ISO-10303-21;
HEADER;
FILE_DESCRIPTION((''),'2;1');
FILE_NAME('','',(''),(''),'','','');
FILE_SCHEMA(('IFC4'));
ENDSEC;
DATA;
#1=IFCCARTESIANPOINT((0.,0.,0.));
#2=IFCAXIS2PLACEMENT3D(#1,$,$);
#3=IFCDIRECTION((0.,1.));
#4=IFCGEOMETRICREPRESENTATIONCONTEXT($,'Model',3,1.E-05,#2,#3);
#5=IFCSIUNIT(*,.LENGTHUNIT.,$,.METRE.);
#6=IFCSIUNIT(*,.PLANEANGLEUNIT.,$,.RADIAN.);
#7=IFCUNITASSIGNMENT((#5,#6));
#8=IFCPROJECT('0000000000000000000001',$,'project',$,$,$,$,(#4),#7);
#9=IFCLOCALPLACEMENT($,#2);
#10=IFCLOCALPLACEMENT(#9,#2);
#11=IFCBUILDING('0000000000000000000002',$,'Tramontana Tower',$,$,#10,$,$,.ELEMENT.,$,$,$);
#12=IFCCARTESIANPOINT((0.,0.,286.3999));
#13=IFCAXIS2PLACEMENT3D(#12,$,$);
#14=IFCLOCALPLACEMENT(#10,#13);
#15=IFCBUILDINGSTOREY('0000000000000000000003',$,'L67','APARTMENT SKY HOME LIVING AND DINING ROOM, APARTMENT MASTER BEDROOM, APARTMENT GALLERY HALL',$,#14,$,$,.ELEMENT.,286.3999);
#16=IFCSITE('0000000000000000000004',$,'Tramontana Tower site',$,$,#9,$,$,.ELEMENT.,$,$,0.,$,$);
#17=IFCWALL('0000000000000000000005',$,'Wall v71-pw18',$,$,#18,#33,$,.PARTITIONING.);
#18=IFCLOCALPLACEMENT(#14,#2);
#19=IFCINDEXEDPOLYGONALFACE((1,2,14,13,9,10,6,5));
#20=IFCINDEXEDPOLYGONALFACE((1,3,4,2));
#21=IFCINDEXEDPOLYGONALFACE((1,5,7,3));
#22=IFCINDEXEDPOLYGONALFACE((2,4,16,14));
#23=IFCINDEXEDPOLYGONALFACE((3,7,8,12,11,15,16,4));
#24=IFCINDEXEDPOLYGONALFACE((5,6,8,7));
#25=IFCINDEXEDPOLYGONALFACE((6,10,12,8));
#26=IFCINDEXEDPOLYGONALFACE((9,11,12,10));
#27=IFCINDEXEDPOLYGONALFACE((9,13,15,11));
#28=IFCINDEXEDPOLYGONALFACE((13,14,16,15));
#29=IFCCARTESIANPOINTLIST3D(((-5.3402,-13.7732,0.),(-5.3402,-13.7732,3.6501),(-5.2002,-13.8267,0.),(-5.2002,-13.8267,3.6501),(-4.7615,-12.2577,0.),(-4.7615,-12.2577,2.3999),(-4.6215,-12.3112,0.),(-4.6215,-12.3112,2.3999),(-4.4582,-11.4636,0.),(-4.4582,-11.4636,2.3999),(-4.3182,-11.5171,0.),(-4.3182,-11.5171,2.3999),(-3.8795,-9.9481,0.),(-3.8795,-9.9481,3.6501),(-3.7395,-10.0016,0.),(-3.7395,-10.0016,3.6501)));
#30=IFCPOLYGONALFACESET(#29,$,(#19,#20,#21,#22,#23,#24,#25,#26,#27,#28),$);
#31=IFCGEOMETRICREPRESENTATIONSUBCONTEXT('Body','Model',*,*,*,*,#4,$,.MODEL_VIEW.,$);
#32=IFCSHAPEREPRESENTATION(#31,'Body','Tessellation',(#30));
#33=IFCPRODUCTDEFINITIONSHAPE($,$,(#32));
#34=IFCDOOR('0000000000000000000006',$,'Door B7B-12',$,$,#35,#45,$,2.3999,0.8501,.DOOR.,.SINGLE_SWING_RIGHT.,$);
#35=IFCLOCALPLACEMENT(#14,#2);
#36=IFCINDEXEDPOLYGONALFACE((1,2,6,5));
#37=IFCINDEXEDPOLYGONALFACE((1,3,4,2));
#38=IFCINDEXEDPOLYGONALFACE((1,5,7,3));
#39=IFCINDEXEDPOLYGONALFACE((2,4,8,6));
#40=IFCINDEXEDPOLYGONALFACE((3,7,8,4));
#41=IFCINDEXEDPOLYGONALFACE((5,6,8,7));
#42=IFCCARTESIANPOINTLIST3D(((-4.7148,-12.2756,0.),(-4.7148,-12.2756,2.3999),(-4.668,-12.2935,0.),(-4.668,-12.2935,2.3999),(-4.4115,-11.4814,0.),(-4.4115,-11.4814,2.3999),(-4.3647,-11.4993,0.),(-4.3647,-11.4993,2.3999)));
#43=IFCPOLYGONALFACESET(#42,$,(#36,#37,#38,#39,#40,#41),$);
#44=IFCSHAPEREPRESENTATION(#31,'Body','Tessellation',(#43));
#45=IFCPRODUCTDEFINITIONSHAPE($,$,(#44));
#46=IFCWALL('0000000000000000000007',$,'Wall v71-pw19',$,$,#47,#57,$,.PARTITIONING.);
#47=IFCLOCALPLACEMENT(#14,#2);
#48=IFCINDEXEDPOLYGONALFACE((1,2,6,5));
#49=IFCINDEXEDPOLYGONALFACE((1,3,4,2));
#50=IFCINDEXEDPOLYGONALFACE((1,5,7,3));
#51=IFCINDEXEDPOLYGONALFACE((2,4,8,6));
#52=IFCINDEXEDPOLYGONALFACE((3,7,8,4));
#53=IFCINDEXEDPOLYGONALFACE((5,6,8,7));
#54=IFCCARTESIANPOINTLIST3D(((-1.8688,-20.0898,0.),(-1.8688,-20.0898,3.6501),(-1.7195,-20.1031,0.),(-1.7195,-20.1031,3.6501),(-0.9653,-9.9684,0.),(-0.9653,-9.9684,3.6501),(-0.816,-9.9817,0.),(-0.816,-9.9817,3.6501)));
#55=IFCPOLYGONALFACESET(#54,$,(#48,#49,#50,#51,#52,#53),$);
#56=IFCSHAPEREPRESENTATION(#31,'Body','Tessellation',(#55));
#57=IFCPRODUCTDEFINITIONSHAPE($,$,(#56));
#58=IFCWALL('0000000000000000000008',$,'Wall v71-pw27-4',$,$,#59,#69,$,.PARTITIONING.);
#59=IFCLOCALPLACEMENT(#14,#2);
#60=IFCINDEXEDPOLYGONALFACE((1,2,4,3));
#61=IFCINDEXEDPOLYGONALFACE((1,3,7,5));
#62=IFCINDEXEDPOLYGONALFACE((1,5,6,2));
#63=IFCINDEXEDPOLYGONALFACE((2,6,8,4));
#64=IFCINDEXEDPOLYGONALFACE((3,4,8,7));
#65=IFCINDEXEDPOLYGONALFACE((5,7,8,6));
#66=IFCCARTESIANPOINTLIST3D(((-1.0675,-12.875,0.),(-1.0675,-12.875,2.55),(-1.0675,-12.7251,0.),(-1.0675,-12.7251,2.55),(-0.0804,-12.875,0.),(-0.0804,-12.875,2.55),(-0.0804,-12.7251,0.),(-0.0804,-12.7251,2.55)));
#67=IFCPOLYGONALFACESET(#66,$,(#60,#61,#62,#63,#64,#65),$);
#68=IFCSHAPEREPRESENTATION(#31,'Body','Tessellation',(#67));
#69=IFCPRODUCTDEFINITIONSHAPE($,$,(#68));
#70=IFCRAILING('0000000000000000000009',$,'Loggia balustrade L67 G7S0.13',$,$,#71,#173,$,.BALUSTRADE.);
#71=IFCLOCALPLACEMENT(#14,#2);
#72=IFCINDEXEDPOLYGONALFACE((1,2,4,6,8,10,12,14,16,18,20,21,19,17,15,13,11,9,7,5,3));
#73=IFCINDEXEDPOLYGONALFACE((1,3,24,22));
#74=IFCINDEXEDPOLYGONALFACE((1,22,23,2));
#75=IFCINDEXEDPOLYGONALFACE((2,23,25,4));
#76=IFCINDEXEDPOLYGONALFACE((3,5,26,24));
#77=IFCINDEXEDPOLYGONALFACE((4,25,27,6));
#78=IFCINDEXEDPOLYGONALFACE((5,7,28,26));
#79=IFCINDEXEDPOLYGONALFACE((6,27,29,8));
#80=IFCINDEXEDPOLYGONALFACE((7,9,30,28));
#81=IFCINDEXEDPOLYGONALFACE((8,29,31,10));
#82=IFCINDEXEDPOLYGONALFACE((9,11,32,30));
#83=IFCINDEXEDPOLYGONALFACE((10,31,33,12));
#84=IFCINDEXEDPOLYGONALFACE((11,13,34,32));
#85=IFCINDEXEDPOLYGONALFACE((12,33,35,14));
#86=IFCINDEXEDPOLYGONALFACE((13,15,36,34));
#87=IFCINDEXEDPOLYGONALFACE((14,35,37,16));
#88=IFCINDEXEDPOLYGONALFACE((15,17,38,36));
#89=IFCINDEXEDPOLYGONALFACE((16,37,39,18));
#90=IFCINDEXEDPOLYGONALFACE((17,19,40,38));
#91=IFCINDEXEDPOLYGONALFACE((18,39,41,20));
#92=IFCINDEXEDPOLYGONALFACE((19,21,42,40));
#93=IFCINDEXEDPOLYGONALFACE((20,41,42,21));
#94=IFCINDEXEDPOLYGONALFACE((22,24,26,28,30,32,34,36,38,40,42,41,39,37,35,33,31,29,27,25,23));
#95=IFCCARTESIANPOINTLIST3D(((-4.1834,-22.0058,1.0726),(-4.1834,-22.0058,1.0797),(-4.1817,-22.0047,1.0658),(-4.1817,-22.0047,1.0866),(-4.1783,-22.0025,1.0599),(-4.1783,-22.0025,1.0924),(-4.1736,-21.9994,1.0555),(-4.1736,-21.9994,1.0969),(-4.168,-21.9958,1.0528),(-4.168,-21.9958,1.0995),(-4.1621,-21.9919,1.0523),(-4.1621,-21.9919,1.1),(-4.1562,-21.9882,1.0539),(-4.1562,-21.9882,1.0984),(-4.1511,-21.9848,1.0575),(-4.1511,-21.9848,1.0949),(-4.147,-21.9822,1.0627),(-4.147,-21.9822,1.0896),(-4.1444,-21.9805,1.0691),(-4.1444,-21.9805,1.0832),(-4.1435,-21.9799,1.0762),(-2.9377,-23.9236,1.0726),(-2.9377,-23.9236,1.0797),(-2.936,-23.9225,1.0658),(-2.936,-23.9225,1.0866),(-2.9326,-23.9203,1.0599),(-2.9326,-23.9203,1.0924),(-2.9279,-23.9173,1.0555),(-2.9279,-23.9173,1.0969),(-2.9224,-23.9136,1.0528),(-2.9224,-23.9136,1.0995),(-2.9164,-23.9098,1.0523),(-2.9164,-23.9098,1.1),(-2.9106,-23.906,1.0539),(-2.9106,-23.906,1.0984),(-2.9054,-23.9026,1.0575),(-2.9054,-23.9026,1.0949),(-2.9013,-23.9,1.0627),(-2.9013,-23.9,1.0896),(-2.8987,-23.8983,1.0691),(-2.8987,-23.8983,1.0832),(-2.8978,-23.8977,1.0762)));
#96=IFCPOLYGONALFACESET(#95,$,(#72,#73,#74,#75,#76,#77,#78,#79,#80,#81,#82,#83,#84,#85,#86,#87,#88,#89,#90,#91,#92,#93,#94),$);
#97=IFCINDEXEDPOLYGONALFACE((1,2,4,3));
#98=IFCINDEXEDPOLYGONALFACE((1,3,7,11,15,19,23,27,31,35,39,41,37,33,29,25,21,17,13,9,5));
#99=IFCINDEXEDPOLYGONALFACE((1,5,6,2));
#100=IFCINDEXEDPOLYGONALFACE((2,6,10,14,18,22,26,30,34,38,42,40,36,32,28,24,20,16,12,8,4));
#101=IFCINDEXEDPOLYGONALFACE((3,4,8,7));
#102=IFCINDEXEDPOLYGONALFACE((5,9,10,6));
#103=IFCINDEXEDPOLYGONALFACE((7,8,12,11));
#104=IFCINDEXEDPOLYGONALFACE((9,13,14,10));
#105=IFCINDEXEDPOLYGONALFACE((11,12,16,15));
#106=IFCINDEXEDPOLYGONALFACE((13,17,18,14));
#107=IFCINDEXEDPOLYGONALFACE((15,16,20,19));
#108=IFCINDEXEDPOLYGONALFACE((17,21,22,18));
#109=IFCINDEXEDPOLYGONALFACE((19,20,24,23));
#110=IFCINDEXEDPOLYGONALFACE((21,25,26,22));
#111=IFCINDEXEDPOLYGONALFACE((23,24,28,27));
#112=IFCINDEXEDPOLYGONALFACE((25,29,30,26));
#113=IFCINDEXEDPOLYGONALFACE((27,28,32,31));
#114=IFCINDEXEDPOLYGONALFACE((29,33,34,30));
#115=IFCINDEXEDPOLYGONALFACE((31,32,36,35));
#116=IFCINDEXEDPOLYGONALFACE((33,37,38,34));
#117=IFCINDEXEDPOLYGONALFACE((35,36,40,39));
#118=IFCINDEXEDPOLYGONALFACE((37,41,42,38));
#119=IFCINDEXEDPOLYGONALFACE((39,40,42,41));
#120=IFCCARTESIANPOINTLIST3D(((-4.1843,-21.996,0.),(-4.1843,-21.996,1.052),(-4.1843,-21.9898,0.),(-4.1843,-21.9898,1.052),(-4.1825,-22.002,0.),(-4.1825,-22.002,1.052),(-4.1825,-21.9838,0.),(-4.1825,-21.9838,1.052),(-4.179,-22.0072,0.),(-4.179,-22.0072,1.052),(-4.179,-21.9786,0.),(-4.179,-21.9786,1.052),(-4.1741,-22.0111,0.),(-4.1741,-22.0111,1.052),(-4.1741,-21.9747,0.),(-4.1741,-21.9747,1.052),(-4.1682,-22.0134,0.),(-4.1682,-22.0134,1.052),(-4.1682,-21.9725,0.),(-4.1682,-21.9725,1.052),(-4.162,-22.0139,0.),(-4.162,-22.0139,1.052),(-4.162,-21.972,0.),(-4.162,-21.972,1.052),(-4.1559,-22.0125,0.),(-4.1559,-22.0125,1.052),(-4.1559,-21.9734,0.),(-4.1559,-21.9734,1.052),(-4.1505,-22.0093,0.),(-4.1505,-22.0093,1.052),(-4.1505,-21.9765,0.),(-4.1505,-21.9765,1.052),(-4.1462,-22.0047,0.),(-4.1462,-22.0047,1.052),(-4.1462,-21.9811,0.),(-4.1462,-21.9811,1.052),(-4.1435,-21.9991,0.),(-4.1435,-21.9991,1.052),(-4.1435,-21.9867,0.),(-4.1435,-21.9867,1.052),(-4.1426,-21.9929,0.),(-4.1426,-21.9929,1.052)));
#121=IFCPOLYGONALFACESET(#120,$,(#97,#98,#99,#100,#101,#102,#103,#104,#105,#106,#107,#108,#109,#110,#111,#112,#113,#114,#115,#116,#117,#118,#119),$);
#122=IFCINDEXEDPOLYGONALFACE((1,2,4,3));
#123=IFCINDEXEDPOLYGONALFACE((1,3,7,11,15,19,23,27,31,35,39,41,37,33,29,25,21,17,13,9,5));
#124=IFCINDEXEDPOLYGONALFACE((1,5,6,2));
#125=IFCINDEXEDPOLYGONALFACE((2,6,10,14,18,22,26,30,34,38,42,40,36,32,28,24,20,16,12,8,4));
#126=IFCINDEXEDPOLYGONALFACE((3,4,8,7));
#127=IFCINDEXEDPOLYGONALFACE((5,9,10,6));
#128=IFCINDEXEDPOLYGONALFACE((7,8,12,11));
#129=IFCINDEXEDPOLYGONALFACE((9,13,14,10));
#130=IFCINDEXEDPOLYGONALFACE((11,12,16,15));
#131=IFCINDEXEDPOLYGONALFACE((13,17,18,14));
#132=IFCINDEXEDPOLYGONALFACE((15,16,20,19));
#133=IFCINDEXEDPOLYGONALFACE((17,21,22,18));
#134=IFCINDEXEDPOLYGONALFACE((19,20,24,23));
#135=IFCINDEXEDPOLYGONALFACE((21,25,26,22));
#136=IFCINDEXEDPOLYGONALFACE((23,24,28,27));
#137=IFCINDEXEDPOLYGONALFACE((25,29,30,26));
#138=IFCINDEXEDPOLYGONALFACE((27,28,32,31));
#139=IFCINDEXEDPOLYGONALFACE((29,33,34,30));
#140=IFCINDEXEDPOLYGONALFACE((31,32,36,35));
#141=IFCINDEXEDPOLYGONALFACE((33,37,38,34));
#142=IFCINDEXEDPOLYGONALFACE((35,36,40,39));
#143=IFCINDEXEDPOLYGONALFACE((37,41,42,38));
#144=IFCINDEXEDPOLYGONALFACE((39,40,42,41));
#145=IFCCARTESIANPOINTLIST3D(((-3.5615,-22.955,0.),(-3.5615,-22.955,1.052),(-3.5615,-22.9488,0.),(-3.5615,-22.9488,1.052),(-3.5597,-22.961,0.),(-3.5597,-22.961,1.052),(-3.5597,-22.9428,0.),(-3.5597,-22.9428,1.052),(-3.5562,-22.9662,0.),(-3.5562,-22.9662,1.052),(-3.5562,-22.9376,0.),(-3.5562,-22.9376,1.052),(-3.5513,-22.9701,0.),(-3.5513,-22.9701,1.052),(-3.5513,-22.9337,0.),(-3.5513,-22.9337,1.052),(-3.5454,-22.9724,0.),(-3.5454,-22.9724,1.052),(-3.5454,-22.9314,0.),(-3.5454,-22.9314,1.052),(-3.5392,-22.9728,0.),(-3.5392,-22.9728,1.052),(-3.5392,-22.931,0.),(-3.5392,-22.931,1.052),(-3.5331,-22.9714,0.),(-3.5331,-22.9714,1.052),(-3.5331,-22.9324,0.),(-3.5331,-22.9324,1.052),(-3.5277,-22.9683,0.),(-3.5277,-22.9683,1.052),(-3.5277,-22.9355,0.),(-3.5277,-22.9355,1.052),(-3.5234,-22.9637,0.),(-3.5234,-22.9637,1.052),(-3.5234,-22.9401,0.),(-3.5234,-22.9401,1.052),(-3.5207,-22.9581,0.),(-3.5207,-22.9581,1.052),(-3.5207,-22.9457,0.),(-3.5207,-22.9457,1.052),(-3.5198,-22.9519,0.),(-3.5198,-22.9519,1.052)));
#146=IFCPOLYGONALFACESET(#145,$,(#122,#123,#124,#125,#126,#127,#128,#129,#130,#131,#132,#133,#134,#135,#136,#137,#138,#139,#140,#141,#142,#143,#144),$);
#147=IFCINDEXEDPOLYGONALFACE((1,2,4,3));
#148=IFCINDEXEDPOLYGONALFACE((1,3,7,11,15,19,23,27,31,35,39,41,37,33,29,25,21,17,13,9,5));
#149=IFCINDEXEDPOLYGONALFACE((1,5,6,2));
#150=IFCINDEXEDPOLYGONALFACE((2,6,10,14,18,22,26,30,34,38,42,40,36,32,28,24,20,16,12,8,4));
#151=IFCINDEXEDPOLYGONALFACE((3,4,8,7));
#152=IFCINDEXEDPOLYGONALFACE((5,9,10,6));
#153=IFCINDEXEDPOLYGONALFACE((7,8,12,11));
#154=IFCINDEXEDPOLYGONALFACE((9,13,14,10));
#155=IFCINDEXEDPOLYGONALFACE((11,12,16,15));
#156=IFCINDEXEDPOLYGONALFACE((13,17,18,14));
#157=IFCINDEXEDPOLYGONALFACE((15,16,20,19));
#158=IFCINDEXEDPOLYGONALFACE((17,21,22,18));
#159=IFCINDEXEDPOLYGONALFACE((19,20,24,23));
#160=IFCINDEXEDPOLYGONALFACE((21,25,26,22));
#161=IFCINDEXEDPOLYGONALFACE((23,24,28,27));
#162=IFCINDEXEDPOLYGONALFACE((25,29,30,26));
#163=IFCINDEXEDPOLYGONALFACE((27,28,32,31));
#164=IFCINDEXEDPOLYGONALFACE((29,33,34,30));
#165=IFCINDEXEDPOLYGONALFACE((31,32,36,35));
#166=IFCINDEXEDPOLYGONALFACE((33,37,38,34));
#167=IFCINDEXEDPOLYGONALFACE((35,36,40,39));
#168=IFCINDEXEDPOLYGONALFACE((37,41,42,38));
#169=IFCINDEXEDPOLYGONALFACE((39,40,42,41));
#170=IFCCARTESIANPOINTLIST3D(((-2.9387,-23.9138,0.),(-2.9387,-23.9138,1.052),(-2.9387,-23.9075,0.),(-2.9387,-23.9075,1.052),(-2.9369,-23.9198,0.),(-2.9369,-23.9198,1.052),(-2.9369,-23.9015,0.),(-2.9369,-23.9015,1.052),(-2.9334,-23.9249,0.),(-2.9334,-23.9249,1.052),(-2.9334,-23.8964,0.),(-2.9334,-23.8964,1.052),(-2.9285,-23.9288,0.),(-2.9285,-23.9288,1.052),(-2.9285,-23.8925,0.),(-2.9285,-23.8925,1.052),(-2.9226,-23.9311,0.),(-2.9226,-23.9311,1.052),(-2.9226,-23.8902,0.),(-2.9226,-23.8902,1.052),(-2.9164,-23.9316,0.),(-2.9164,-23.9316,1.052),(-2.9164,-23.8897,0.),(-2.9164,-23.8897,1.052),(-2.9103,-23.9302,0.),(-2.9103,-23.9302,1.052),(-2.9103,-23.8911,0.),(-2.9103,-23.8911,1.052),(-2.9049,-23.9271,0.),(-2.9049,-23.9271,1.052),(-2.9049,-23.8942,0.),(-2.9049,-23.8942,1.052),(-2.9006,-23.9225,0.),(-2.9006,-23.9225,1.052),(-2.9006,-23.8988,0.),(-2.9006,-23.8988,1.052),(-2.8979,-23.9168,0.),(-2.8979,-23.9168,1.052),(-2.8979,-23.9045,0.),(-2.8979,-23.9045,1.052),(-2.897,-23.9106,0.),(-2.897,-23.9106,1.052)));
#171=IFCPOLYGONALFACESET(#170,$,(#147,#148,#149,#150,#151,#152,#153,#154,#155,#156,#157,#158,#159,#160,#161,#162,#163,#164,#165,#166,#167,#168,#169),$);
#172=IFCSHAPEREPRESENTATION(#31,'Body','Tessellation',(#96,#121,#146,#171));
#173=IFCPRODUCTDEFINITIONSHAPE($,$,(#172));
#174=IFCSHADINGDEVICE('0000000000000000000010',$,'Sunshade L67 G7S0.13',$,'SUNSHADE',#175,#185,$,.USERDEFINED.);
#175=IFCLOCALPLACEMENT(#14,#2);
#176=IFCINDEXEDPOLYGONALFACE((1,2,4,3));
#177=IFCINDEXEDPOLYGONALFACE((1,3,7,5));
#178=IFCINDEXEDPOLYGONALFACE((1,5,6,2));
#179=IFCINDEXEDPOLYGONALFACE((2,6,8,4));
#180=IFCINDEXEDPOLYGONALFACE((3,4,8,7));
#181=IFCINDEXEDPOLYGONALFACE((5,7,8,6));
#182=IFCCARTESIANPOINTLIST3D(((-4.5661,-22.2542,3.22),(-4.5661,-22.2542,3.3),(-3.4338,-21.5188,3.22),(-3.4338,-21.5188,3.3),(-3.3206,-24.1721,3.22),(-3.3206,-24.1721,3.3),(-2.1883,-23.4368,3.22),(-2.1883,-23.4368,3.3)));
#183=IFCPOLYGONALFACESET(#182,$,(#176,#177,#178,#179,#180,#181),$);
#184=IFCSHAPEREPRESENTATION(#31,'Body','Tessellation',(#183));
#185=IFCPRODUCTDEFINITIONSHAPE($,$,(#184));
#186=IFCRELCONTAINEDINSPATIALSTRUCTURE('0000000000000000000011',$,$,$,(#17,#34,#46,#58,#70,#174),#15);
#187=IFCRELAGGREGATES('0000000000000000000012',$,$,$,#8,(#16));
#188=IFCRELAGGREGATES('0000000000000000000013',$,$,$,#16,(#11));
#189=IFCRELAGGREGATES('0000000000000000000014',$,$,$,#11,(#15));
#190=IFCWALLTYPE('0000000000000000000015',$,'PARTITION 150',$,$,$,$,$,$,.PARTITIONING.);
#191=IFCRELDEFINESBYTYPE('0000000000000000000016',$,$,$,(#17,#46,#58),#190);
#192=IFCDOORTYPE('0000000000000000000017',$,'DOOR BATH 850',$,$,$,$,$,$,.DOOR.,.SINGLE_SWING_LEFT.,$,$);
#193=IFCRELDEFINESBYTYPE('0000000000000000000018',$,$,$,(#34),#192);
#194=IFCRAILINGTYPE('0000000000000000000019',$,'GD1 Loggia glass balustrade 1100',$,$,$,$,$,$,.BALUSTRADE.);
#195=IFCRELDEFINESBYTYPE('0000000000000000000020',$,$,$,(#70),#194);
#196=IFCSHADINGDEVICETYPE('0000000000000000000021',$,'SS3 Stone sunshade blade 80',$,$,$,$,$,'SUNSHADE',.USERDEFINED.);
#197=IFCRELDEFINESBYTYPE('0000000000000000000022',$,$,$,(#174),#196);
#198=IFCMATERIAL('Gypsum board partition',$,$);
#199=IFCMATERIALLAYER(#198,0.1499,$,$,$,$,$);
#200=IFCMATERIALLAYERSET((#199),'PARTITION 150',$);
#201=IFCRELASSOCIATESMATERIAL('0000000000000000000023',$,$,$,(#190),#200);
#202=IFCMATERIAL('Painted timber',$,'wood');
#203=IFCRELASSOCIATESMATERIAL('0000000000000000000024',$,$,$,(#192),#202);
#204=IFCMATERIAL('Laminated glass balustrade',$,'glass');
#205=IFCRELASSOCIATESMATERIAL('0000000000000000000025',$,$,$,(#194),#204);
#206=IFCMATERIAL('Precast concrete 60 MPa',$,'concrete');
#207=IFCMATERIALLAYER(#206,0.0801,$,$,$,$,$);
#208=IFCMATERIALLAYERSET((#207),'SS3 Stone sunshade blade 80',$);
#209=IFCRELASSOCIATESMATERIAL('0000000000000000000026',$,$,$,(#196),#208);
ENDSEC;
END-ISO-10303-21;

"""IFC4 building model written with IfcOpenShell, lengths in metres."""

from ifc_helpers import new_model, si_unit, direction, frame, frame_2d, origin, origin_2d, place, context, subcontext, project, spatial, rectangle, circle, extrude, material, layer, layer_set, type_object, element, fill, save


model = new_model("IFC4")

# Units and contexts
model_context = context("Model", 3, precision=1e-05, world=origin(), true_north=direction((0.0, 1.0)))
body_context = subcontext(model_context, "Body", "Model", "MODEL_VIEW")
ifc_project = project(units=[si_unit("LENGTHUNIT", "METRE"), si_unit("PLANEANGLEUNIT", "RADIAN")], contexts=[model_context])

# Site, building, storey
site_placement = place(None, origin())
site = spatial("IfcSite", under=ifc_project, at=site_placement, Name="Tramontana Tower site", CompositionType="ELEMENT", RefElevation=0.0)
building_placement = place(site_placement, origin())
building = spatial("IfcBuilding", under=site, at=building_placement, Name="Tramontana Tower", CompositionType="ELEMENT")
storey_placement = place(building_placement, frame((0.0, 0.0, 286.3999)))
storey = spatial("IfcBuildingStorey", under=building, at=storey_placement, Name="L67", Description="APARTMENT SKY HOME LIVING AND DINING ROOM, APARTMENT MASTER BEDROOM, APARTMENT GALLERY HALL", CompositionType="ELEMENT", Elevation=286.3999)

# Shared definitions
ifc_material_1 = material(Name="Gypsum board partition")
ifc_layer_1 = layer(ifc_material_1, 0.1499)
ifc_layer_set_1 = layer_set([ifc_layer_1], Name="PARTITION 150")
wall_type_1 = type_object("IfcWallType", Name="PARTITION 150", PredefinedType="PARTITIONING", material=ifc_layer_set_1)

# Wall, opening, door
wall_1_placement = place(storey_placement, frame((-5.2703, -13.8, 0.0), z_axis=(0.0, 0.0, 1.0), x_axis=(0.356756, 0.934197, 0.0)))
wall_1 = element("IfcWall", 1, at=wall_1_placement, inside=storey, type_object=wall_type_1, Name="Wall v71-pw18", PredefinedType="PARTITIONING", context=body_context, shape_type="SweptSolid", body=[
    extrude(rectangle(XDim=4.0945, YDim=0.1499, at=frame_2d((2.0474, 0.0))), origin(), (0.0, 0.0, 1.0), 3.6501),
])
opening_1_placement = place(wall_1_placement, frame((1.6223, 0.0, 0.0)))
opening_1 = element("IfcOpeningElement", 2, at=opening_1_placement, cuts=wall_1, PredefinedType="OPENING", context=body_context, shape_type="SweptSolid", body=[
    extrude(rectangle(XDim=0.8501, YDim=2.3999, at=frame_2d((0.425, 1.2))), frame((0.0, 0.085, 0.0), z_axis=(0.0, -1.0, 0.0), x_axis=(1.0, 0.0, 0.0)), (0.0, 0.0, 1.0), 0.1699),
])
ifc_material_2 = material(Name="Painted timber", Category="wood")
door_type_1 = type_object("IfcDoorType", Name="DOOR BATH 850", OperationType="SINGLE_SWING_LEFT", PredefinedType="DOOR", material=ifc_material_2)
door_1_placement = place(opening_1_placement, origin())
door_1 = element("IfcDoor", 3, at=door_1_placement, inside=storey, type_object=door_type_1, Name="Door B7B-12", OperationType="SINGLE_SWING_RIGHT", OverallHeight=2.3999, OverallWidth=0.8501, PredefinedType="DOOR", context=body_context, shape_type="SweptSolid", body=[
    extrude(rectangle(XDim=0.8501, YDim=2.3999, at=frame_2d((0.425, 1.2))), frame((0.0, 0.0249, 0.0), z_axis=(0.0, -1.0, 0.0), x_axis=(1.0, 0.0, 0.0)), (0.0, 0.0, 1.0), 0.05),
])
fill(opening_1, door_1)

# Walls
wall_2_placement = place(storey_placement, frame((-1.7942, -20.0964, 0.0), z_axis=(0.0, 0.0, 1.0), x_axis=(0.08892, 0.996039, 0.0)))
element("IfcWall", 4, at=wall_2_placement, inside=storey, type_object=wall_type_1, Name="Wall v71-pw19", PredefinedType="PARTITIONING", context=body_context, shape_type="SweptSolid", body=[
    extrude(rectangle(XDim=10.1616, YDim=0.1499, at=frame_2d((5.0808, 0.0))), origin(), (0.0, 0.0, 1.0), 3.6501),
])
wall_3_placement = place(storey_placement, frame((-0.0803, -12.8, 0.0), z_axis=(0.0, 0.0, 1.0), x_axis=(-1.0, 0.0, 0.0)))
element("IfcWall", 5, at=wall_3_placement, inside=storey, type_object=wall_type_1, Name="Wall v71-pw27-4", PredefinedType="PARTITIONING", context=body_context, shape_type="SweptSolid", body=[
    extrude(rectangle(XDim=0.9871, YDim=0.1499, at=frame_2d((0.4937, 0.0))), origin(), (0.0, 0.0, 1.0), 2.55),
])

# Railing
ifc_material_3 = material(Name="Laminated glass balustrade", Category="glass")
railing_type = type_object("IfcRailingType", Name="GD1 Loggia glass balustrade 1100", PredefinedType="BALUSTRADE", material=ifc_material_3)
railing_placement = place(storey_placement, frame((-4.1636, -21.9929, 0.0)))
element("IfcRailing", 6, at=railing_placement, inside=storey, type_object=railing_type, Name="Loggia balustrade L67 G7S0.13", PredefinedType="BALUSTRADE", context=body_context, shape_type="SweptSolid", body=[
    extrude(circle(Radius=0.0239, at=origin_2d()), frame((0.0, 0.0, 1.0762), z_axis=(0.544707, -0.838627, 0.0), x_axis=(0.838627, 0.544707, 0.0)), (0.0, 0.0, 1.0), 2.2869),
    extrude(circle(Radius=0.021, at=origin_2d()), origin(), (0.0, 0.0, 1.0), 1.052),
    extrude(circle(Radius=0.021, at=origin_2d()), frame((0.6228, -0.959, 0.0)), (0.0, 0.0, 1.0), 1.052),
    extrude(circle(Radius=0.021, at=origin_2d()), frame((1.2456, -1.9177, 0.0)), (0.0, 0.0, 1.0), 1.052),
])

# Shading device
ifc_material_4 = material(Name="Precast concrete 60 MPa", Category="concrete")
ifc_layer_2 = layer(ifc_material_4, 0.0801)
ifc_layer_set_2 = layer_set([ifc_layer_2], Name="SS3 Stone sunshade blade 80")
shading_device_type = type_object("IfcShadingDeviceType", Name="SS3 Stone sunshade blade 80", ElementType="SUNSHADE", PredefinedType="USERDEFINED", material=ifc_layer_set_2)
shading_device_placement = place(storey_placement, frame((-3.3772, -22.8455, 3.22), z_axis=(0.0, 0.0, 1.0), x_axis=(0.544639, -0.838671, 0.0)))
element("IfcShadingDevice", 7, at=shading_device_placement, inside=storey, type_object=shading_device_type, Name="Sunshade L67 G7S0.13", ObjectType="SUNSHADE", PredefinedType="USERDEFINED", context=body_context, shape_type="SweptSolid", body=[
    extrude(rectangle(XDim=2.2869, YDim=1.3501, at=origin_2d()), origin(), (0.0, 0.0, 1.0), 0.0801),
])

save(model, "model.ifc")
